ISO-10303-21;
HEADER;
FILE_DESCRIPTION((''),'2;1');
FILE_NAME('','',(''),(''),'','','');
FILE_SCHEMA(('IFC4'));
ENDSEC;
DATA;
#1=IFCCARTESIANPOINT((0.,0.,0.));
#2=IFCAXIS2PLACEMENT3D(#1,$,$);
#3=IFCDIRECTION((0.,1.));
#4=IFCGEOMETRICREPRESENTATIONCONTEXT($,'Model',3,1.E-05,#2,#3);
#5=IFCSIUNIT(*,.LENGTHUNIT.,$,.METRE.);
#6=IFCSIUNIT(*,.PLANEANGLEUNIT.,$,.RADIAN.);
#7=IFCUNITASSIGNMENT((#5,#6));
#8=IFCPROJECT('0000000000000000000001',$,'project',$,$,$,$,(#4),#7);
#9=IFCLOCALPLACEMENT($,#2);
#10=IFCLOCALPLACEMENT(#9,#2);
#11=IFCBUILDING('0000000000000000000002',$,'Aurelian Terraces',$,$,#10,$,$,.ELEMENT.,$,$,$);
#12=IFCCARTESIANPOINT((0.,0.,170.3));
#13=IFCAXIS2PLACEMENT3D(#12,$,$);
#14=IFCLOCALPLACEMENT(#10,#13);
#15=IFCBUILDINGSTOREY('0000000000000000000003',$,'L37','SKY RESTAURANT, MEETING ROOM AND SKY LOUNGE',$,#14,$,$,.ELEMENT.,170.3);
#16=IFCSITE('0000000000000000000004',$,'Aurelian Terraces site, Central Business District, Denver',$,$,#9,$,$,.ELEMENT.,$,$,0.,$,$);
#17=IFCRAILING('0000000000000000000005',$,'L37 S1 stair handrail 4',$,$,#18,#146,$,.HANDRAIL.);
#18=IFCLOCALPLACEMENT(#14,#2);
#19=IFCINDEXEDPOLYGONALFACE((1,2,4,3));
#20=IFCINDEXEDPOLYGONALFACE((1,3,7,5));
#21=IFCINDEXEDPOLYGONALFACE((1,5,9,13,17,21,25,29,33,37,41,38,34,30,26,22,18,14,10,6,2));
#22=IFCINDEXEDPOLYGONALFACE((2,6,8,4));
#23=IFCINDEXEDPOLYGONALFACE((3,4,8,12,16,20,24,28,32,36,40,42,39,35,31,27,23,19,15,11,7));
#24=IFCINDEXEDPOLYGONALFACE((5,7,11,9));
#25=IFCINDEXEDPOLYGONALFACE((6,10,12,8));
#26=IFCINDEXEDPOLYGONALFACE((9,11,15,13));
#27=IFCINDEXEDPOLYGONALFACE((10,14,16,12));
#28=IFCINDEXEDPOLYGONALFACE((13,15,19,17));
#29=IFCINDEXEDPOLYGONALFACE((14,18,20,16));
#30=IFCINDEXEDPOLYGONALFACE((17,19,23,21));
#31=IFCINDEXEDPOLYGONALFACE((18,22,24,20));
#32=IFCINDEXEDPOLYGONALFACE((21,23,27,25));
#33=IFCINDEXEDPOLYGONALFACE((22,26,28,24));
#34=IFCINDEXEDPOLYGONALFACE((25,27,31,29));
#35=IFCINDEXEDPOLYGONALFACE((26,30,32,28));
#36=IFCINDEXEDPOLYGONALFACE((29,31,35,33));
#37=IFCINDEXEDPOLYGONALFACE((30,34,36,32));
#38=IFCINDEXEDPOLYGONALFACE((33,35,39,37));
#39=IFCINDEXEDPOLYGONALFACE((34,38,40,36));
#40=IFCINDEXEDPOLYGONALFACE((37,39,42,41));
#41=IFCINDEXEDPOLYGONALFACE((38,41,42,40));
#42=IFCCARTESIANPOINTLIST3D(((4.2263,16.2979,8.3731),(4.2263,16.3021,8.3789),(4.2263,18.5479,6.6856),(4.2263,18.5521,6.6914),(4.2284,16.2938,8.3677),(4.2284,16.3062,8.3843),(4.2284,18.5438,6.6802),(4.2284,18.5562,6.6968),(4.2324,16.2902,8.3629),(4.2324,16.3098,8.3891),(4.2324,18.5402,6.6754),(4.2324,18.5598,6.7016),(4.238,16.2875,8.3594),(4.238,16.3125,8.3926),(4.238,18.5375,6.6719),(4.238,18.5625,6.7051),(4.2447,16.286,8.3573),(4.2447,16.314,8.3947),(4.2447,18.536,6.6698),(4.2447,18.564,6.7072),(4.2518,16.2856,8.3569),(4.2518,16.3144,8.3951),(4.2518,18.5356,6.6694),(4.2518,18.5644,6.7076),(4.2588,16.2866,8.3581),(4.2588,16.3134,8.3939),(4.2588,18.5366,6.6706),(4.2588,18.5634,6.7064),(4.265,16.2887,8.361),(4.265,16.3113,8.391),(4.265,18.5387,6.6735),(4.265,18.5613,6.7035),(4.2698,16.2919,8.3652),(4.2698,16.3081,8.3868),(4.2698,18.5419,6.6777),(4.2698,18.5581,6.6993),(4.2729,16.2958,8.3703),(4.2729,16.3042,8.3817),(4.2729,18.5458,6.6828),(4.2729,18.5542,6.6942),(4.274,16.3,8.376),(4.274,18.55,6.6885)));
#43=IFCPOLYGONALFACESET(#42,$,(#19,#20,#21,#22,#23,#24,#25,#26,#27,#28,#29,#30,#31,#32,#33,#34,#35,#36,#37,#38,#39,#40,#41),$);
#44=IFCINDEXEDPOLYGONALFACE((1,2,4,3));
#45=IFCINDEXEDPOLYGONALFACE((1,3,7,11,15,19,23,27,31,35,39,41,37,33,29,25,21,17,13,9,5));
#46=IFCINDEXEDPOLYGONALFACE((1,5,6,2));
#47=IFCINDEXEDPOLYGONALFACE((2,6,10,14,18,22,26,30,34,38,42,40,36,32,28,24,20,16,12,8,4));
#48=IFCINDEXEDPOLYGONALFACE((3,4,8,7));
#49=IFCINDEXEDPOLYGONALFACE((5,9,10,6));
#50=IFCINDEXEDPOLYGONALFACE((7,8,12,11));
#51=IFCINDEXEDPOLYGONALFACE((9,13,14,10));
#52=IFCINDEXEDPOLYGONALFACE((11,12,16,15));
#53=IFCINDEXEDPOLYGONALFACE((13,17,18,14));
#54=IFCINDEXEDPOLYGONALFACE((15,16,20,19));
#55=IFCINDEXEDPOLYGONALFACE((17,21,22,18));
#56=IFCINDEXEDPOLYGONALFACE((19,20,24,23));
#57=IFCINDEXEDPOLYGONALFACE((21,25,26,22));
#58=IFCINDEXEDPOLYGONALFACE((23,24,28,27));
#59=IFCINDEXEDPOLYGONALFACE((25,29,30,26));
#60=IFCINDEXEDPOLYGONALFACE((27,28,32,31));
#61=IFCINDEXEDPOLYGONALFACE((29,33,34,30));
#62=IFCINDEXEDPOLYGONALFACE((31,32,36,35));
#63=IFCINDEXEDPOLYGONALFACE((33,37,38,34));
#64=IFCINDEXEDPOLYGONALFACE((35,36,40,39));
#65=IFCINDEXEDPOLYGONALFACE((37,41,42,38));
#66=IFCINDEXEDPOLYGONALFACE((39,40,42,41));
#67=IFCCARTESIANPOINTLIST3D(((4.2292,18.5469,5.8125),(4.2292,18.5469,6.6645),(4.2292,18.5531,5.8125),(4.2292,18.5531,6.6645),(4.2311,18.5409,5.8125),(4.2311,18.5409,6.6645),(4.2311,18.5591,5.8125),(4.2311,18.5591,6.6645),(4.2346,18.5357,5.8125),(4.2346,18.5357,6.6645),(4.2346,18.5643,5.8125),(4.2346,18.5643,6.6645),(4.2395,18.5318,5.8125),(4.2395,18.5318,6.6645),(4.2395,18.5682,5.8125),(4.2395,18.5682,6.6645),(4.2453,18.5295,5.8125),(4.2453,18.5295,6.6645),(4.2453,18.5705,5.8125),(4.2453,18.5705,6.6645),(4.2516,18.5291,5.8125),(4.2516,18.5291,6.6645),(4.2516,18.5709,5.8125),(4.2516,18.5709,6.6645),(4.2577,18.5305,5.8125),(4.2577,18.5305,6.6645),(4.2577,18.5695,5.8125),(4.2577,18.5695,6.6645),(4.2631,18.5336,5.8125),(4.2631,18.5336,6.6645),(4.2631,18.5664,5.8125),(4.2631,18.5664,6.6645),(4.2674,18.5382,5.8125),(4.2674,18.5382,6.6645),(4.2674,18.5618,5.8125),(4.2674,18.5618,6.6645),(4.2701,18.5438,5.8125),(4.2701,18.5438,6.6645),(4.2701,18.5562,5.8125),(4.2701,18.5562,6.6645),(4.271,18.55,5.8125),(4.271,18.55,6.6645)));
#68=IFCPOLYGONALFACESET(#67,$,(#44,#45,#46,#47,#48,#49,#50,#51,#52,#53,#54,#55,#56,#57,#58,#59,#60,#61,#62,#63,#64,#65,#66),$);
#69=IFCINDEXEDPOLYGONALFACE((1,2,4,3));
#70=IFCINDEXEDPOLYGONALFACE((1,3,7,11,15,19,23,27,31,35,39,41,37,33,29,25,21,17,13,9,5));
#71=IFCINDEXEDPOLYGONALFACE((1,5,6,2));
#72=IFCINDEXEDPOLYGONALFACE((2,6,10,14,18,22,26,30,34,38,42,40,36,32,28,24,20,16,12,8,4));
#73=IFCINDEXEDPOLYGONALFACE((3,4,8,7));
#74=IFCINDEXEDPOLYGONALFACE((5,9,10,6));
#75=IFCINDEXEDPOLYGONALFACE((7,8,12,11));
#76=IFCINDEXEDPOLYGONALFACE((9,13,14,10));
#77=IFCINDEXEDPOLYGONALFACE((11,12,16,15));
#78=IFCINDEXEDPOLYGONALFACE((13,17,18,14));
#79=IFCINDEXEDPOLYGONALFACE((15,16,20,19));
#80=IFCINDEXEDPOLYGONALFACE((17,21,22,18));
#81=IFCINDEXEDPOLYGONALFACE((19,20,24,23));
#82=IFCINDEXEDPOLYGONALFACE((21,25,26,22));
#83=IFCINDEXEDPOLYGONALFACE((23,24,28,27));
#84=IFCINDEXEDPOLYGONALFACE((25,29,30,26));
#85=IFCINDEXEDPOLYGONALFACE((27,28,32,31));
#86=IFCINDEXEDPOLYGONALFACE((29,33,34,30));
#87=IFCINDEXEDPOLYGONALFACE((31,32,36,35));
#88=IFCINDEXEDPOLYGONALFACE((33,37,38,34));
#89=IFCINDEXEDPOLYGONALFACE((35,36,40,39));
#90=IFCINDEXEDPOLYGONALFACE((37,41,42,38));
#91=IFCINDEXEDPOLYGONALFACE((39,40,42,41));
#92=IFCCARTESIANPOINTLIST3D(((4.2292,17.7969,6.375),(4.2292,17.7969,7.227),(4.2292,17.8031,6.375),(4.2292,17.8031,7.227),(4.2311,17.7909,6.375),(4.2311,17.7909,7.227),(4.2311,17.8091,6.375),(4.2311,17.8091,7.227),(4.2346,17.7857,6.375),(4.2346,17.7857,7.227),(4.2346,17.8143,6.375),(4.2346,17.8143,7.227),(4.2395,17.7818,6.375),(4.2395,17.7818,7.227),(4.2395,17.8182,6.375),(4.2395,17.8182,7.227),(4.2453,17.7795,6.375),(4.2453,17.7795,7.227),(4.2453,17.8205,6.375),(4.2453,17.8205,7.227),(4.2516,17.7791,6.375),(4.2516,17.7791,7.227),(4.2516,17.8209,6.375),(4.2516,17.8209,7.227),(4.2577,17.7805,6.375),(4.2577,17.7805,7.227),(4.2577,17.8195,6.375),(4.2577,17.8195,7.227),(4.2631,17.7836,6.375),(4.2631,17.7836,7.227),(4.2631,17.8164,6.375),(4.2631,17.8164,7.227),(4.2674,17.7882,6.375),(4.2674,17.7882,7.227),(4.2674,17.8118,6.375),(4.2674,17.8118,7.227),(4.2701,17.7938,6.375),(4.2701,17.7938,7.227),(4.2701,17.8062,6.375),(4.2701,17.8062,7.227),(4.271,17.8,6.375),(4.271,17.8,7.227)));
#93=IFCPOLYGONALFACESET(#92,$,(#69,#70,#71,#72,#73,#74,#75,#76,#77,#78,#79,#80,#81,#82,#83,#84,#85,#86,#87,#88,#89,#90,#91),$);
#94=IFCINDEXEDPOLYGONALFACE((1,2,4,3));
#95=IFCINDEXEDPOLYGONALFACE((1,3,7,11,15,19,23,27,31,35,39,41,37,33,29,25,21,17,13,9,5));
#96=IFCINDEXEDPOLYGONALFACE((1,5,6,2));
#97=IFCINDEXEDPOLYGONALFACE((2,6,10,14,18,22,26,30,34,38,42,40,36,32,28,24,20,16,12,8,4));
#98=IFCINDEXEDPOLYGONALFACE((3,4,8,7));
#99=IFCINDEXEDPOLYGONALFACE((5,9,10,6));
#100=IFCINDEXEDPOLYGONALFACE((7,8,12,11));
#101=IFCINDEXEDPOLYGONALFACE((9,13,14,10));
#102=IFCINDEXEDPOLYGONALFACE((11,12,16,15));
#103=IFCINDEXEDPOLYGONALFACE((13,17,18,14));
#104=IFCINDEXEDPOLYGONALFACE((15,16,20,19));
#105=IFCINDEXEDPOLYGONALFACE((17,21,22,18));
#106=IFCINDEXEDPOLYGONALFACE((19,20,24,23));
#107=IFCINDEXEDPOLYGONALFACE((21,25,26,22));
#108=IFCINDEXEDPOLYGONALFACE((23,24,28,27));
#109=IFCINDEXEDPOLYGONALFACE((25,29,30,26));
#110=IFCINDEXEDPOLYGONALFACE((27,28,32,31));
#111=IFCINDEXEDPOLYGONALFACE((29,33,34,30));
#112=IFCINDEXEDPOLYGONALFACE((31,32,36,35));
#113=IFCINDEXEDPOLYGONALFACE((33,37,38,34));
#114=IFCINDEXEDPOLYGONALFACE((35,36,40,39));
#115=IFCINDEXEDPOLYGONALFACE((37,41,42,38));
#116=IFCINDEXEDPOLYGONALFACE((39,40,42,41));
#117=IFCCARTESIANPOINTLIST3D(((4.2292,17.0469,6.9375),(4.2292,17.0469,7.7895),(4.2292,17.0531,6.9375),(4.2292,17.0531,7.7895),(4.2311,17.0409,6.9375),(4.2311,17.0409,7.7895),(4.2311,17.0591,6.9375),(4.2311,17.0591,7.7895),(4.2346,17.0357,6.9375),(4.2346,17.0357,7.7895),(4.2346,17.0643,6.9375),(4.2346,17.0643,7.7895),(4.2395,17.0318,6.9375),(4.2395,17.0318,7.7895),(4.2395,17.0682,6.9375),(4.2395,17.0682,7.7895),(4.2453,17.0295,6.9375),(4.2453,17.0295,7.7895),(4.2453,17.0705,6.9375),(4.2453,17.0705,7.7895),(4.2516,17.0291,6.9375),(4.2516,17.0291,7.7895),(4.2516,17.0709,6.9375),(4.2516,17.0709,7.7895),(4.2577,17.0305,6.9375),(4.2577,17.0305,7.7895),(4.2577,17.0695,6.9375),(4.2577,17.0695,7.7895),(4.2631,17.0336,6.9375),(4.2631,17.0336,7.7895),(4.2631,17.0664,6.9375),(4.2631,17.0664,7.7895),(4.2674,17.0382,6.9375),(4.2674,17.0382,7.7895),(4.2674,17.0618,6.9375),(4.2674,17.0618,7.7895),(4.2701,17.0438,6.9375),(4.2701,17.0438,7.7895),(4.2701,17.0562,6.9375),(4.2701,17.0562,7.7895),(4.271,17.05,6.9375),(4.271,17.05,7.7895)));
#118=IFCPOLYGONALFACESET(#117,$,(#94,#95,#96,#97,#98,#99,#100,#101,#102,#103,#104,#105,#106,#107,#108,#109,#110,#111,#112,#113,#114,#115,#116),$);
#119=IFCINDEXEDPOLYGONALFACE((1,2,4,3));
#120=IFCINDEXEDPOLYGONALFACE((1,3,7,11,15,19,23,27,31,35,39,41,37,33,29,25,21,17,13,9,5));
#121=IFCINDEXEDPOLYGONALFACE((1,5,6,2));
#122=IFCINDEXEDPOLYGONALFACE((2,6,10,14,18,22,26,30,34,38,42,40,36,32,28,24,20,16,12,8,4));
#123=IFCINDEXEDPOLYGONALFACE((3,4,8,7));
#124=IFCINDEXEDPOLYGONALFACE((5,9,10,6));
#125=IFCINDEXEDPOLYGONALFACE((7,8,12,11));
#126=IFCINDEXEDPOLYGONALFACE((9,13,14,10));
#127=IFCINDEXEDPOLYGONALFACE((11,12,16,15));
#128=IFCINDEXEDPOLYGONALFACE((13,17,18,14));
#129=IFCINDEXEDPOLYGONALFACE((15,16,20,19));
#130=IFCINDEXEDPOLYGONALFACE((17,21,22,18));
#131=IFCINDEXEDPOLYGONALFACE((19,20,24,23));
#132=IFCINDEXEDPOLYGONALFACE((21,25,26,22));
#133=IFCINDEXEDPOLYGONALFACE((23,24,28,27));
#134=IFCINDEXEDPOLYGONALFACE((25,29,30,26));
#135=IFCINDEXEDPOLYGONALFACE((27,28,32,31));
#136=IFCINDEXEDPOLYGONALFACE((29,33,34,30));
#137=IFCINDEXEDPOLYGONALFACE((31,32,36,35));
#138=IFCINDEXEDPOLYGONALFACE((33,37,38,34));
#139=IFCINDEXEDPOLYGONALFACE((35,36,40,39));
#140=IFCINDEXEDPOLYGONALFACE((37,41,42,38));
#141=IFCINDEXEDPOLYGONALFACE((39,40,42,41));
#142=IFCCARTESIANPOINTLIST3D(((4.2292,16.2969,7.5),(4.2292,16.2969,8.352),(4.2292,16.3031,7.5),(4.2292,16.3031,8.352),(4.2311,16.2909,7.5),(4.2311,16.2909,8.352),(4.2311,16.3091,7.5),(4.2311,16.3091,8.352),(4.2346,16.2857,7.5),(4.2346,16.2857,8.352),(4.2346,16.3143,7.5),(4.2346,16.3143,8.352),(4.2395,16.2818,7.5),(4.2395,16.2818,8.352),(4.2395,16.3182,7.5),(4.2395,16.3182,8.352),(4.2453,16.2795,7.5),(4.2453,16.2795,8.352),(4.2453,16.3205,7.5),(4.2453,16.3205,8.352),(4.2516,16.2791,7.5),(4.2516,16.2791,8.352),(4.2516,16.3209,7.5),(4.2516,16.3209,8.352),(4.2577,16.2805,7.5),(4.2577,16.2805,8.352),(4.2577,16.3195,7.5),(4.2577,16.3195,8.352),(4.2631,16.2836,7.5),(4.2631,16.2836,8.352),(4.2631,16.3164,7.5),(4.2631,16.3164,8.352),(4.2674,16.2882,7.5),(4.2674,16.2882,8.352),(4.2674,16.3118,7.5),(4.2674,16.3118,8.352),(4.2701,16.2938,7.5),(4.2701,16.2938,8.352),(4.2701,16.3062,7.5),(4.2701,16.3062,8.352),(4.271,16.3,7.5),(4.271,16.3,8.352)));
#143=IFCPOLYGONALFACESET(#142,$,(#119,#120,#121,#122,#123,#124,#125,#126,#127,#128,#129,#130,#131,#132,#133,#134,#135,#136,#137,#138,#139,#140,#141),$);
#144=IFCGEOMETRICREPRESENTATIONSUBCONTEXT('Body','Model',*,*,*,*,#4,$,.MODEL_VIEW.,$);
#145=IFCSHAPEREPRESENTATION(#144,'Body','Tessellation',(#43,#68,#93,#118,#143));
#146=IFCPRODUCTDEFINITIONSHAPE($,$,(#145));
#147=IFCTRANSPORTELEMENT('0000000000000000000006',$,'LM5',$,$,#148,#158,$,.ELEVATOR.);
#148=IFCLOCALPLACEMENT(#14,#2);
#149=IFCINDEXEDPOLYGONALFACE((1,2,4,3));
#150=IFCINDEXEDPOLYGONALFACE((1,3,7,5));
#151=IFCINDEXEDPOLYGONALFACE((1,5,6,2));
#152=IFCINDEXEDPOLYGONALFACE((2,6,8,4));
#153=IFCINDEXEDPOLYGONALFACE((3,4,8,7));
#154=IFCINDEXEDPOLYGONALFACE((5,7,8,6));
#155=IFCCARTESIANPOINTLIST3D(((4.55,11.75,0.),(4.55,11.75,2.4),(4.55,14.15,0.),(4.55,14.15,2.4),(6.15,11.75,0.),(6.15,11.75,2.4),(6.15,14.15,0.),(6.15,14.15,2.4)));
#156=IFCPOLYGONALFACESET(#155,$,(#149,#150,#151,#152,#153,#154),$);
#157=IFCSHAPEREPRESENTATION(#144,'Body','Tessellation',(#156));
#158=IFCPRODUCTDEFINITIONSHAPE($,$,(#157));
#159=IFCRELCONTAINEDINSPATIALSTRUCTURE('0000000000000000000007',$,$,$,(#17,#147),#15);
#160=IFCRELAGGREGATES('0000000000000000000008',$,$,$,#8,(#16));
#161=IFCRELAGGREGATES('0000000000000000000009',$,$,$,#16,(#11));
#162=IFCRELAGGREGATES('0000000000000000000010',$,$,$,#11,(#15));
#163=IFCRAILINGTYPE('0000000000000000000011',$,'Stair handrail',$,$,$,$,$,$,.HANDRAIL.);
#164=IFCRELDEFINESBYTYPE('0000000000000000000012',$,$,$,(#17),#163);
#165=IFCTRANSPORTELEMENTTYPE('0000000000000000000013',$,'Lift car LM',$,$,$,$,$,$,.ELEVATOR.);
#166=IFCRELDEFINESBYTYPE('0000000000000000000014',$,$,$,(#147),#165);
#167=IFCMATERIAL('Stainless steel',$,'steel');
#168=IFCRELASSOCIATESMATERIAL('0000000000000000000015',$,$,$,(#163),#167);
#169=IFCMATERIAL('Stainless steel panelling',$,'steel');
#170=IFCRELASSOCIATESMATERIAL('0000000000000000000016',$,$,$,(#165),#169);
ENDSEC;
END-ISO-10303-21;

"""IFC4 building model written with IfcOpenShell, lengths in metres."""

from ifc_helpers import new_model, si_unit, direction, frame, origin, origin_2d, place, context, subcontext, project, spatial, rectangle, circle, extrude, source, transform, mapped, material, type_object, element, save


model = new_model("IFC4")

# Units and contexts
model_context = context("Model", 3, precision=1e-05, world=origin(), true_north=direction((0.0, 1.0)))
body_context = subcontext(model_context, "Body", "Model", "MODEL_VIEW")
ifc_project = project(units=[si_unit("LENGTHUNIT", "METRE"), si_unit("PLANEANGLEUNIT", "RADIAN")], contexts=[model_context])

# Site, building, storey
site_placement = place(None, origin())
site = spatial("IfcSite", under=ifc_project, at=site_placement, Name="Aurelian Terraces site, Central Business District, Denver", CompositionType="ELEMENT", RefElevation=0.0)
building_placement = place(site_placement, origin())
building = spatial("IfcBuilding", under=site, at=building_placement, Name="Aurelian Terraces", CompositionType="ELEMENT")
storey_placement = place(building_placement, frame((0.0, 0.0, 170.3)))
storey = spatial("IfcBuildingStorey", under=building, at=storey_placement, Name="L37", Description="SKY RESTAURANT, MEETING ROOM AND SKY LOUNGE", CompositionType="ELEMENT", Elevation=170.3)

# Shared definitions
ifc_material_1 = material(Name="Stainless steel", Category="steel")

# Railing
railing_type_1 = type_object("IfcRailingType", Name="Stair handrail", PredefinedType="HANDRAIL", material=ifc_material_1)
shared_shape_1 = source(origin(), body_context, "Body", "SweptSolid", [
    extrude(circle(Radius=0.024, at=origin_2d()), frame((0.0, 0.0, 0.876), z_axis=(0.0, -0.8, 0.6), x_axis=(1.0, 0.0, 0.0)), (0.0, 0.0, 1.0), 2.8125),
    extrude(circle(Radius=0.021, at=origin_2d()), origin(), (0.0, 0.0, 1.0), 0.852),
    extrude(circle(Radius=0.021, at=origin_2d()), frame((0.0, -0.75, 0.5625)), (0.0, 0.0, 1.0), 0.852),
    extrude(circle(Radius=0.021, at=origin_2d()), frame((0.0, -1.5, 1.125)), (0.0, 0.0, 1.0), 0.852),
    extrude(circle(Radius=0.021, at=origin_2d()), frame((0.0, -2.25, 1.6875)), (0.0, 0.0, 1.0), 0.852),
])
for number, where, name in (
    (1, (4.25, 18.55, 5.8125), "L37 S1 stair handrail 4"),
):
    element("IfcRailing", number, at=place(storey_placement, frame(where)), inside=storey, type_object=railing_type_1, Name=name, PredefinedType="HANDRAIL", context=body_context, shape_type="MappedRepresentation", body=[
        mapped(shared_shape_1, transform((0.0, 0.0, 0.0), scale=1.0)),
    ])

# Transport element
ifc_material_2 = material(Name="Stainless steel panelling", Category="steel")
transport_element_type = type_object("IfcTransportElementType", Name="Lift car LM", PredefinedType="ELEVATOR", material=ifc_material_2)
shared_shape_2 = source(origin(), body_context, "Body", "SweptSolid", [
    extrude(rectangle(XDim=1.6, YDim=2.4, at=origin_2d()), origin(), (0.0, 0.0, 1.0), 2.4),
])
transport_element_placement = place(storey_placement, frame((5.35, 12.95, 0.0), z_axis=(0.0, 0.0, 1.0), x_axis=(1.0, 0.0, 0.0)))
element("IfcTransportElement", 2, at=transport_element_placement, inside=storey, type_object=transport_element_type, Name="LM5", PredefinedType="ELEVATOR", context=body_context, shape_type="MappedRepresentation", body=[
    mapped(shared_shape_2, transform((0.0, 0.0, 0.0), scale=1.0)),
])

save(model, "model.ifc")
